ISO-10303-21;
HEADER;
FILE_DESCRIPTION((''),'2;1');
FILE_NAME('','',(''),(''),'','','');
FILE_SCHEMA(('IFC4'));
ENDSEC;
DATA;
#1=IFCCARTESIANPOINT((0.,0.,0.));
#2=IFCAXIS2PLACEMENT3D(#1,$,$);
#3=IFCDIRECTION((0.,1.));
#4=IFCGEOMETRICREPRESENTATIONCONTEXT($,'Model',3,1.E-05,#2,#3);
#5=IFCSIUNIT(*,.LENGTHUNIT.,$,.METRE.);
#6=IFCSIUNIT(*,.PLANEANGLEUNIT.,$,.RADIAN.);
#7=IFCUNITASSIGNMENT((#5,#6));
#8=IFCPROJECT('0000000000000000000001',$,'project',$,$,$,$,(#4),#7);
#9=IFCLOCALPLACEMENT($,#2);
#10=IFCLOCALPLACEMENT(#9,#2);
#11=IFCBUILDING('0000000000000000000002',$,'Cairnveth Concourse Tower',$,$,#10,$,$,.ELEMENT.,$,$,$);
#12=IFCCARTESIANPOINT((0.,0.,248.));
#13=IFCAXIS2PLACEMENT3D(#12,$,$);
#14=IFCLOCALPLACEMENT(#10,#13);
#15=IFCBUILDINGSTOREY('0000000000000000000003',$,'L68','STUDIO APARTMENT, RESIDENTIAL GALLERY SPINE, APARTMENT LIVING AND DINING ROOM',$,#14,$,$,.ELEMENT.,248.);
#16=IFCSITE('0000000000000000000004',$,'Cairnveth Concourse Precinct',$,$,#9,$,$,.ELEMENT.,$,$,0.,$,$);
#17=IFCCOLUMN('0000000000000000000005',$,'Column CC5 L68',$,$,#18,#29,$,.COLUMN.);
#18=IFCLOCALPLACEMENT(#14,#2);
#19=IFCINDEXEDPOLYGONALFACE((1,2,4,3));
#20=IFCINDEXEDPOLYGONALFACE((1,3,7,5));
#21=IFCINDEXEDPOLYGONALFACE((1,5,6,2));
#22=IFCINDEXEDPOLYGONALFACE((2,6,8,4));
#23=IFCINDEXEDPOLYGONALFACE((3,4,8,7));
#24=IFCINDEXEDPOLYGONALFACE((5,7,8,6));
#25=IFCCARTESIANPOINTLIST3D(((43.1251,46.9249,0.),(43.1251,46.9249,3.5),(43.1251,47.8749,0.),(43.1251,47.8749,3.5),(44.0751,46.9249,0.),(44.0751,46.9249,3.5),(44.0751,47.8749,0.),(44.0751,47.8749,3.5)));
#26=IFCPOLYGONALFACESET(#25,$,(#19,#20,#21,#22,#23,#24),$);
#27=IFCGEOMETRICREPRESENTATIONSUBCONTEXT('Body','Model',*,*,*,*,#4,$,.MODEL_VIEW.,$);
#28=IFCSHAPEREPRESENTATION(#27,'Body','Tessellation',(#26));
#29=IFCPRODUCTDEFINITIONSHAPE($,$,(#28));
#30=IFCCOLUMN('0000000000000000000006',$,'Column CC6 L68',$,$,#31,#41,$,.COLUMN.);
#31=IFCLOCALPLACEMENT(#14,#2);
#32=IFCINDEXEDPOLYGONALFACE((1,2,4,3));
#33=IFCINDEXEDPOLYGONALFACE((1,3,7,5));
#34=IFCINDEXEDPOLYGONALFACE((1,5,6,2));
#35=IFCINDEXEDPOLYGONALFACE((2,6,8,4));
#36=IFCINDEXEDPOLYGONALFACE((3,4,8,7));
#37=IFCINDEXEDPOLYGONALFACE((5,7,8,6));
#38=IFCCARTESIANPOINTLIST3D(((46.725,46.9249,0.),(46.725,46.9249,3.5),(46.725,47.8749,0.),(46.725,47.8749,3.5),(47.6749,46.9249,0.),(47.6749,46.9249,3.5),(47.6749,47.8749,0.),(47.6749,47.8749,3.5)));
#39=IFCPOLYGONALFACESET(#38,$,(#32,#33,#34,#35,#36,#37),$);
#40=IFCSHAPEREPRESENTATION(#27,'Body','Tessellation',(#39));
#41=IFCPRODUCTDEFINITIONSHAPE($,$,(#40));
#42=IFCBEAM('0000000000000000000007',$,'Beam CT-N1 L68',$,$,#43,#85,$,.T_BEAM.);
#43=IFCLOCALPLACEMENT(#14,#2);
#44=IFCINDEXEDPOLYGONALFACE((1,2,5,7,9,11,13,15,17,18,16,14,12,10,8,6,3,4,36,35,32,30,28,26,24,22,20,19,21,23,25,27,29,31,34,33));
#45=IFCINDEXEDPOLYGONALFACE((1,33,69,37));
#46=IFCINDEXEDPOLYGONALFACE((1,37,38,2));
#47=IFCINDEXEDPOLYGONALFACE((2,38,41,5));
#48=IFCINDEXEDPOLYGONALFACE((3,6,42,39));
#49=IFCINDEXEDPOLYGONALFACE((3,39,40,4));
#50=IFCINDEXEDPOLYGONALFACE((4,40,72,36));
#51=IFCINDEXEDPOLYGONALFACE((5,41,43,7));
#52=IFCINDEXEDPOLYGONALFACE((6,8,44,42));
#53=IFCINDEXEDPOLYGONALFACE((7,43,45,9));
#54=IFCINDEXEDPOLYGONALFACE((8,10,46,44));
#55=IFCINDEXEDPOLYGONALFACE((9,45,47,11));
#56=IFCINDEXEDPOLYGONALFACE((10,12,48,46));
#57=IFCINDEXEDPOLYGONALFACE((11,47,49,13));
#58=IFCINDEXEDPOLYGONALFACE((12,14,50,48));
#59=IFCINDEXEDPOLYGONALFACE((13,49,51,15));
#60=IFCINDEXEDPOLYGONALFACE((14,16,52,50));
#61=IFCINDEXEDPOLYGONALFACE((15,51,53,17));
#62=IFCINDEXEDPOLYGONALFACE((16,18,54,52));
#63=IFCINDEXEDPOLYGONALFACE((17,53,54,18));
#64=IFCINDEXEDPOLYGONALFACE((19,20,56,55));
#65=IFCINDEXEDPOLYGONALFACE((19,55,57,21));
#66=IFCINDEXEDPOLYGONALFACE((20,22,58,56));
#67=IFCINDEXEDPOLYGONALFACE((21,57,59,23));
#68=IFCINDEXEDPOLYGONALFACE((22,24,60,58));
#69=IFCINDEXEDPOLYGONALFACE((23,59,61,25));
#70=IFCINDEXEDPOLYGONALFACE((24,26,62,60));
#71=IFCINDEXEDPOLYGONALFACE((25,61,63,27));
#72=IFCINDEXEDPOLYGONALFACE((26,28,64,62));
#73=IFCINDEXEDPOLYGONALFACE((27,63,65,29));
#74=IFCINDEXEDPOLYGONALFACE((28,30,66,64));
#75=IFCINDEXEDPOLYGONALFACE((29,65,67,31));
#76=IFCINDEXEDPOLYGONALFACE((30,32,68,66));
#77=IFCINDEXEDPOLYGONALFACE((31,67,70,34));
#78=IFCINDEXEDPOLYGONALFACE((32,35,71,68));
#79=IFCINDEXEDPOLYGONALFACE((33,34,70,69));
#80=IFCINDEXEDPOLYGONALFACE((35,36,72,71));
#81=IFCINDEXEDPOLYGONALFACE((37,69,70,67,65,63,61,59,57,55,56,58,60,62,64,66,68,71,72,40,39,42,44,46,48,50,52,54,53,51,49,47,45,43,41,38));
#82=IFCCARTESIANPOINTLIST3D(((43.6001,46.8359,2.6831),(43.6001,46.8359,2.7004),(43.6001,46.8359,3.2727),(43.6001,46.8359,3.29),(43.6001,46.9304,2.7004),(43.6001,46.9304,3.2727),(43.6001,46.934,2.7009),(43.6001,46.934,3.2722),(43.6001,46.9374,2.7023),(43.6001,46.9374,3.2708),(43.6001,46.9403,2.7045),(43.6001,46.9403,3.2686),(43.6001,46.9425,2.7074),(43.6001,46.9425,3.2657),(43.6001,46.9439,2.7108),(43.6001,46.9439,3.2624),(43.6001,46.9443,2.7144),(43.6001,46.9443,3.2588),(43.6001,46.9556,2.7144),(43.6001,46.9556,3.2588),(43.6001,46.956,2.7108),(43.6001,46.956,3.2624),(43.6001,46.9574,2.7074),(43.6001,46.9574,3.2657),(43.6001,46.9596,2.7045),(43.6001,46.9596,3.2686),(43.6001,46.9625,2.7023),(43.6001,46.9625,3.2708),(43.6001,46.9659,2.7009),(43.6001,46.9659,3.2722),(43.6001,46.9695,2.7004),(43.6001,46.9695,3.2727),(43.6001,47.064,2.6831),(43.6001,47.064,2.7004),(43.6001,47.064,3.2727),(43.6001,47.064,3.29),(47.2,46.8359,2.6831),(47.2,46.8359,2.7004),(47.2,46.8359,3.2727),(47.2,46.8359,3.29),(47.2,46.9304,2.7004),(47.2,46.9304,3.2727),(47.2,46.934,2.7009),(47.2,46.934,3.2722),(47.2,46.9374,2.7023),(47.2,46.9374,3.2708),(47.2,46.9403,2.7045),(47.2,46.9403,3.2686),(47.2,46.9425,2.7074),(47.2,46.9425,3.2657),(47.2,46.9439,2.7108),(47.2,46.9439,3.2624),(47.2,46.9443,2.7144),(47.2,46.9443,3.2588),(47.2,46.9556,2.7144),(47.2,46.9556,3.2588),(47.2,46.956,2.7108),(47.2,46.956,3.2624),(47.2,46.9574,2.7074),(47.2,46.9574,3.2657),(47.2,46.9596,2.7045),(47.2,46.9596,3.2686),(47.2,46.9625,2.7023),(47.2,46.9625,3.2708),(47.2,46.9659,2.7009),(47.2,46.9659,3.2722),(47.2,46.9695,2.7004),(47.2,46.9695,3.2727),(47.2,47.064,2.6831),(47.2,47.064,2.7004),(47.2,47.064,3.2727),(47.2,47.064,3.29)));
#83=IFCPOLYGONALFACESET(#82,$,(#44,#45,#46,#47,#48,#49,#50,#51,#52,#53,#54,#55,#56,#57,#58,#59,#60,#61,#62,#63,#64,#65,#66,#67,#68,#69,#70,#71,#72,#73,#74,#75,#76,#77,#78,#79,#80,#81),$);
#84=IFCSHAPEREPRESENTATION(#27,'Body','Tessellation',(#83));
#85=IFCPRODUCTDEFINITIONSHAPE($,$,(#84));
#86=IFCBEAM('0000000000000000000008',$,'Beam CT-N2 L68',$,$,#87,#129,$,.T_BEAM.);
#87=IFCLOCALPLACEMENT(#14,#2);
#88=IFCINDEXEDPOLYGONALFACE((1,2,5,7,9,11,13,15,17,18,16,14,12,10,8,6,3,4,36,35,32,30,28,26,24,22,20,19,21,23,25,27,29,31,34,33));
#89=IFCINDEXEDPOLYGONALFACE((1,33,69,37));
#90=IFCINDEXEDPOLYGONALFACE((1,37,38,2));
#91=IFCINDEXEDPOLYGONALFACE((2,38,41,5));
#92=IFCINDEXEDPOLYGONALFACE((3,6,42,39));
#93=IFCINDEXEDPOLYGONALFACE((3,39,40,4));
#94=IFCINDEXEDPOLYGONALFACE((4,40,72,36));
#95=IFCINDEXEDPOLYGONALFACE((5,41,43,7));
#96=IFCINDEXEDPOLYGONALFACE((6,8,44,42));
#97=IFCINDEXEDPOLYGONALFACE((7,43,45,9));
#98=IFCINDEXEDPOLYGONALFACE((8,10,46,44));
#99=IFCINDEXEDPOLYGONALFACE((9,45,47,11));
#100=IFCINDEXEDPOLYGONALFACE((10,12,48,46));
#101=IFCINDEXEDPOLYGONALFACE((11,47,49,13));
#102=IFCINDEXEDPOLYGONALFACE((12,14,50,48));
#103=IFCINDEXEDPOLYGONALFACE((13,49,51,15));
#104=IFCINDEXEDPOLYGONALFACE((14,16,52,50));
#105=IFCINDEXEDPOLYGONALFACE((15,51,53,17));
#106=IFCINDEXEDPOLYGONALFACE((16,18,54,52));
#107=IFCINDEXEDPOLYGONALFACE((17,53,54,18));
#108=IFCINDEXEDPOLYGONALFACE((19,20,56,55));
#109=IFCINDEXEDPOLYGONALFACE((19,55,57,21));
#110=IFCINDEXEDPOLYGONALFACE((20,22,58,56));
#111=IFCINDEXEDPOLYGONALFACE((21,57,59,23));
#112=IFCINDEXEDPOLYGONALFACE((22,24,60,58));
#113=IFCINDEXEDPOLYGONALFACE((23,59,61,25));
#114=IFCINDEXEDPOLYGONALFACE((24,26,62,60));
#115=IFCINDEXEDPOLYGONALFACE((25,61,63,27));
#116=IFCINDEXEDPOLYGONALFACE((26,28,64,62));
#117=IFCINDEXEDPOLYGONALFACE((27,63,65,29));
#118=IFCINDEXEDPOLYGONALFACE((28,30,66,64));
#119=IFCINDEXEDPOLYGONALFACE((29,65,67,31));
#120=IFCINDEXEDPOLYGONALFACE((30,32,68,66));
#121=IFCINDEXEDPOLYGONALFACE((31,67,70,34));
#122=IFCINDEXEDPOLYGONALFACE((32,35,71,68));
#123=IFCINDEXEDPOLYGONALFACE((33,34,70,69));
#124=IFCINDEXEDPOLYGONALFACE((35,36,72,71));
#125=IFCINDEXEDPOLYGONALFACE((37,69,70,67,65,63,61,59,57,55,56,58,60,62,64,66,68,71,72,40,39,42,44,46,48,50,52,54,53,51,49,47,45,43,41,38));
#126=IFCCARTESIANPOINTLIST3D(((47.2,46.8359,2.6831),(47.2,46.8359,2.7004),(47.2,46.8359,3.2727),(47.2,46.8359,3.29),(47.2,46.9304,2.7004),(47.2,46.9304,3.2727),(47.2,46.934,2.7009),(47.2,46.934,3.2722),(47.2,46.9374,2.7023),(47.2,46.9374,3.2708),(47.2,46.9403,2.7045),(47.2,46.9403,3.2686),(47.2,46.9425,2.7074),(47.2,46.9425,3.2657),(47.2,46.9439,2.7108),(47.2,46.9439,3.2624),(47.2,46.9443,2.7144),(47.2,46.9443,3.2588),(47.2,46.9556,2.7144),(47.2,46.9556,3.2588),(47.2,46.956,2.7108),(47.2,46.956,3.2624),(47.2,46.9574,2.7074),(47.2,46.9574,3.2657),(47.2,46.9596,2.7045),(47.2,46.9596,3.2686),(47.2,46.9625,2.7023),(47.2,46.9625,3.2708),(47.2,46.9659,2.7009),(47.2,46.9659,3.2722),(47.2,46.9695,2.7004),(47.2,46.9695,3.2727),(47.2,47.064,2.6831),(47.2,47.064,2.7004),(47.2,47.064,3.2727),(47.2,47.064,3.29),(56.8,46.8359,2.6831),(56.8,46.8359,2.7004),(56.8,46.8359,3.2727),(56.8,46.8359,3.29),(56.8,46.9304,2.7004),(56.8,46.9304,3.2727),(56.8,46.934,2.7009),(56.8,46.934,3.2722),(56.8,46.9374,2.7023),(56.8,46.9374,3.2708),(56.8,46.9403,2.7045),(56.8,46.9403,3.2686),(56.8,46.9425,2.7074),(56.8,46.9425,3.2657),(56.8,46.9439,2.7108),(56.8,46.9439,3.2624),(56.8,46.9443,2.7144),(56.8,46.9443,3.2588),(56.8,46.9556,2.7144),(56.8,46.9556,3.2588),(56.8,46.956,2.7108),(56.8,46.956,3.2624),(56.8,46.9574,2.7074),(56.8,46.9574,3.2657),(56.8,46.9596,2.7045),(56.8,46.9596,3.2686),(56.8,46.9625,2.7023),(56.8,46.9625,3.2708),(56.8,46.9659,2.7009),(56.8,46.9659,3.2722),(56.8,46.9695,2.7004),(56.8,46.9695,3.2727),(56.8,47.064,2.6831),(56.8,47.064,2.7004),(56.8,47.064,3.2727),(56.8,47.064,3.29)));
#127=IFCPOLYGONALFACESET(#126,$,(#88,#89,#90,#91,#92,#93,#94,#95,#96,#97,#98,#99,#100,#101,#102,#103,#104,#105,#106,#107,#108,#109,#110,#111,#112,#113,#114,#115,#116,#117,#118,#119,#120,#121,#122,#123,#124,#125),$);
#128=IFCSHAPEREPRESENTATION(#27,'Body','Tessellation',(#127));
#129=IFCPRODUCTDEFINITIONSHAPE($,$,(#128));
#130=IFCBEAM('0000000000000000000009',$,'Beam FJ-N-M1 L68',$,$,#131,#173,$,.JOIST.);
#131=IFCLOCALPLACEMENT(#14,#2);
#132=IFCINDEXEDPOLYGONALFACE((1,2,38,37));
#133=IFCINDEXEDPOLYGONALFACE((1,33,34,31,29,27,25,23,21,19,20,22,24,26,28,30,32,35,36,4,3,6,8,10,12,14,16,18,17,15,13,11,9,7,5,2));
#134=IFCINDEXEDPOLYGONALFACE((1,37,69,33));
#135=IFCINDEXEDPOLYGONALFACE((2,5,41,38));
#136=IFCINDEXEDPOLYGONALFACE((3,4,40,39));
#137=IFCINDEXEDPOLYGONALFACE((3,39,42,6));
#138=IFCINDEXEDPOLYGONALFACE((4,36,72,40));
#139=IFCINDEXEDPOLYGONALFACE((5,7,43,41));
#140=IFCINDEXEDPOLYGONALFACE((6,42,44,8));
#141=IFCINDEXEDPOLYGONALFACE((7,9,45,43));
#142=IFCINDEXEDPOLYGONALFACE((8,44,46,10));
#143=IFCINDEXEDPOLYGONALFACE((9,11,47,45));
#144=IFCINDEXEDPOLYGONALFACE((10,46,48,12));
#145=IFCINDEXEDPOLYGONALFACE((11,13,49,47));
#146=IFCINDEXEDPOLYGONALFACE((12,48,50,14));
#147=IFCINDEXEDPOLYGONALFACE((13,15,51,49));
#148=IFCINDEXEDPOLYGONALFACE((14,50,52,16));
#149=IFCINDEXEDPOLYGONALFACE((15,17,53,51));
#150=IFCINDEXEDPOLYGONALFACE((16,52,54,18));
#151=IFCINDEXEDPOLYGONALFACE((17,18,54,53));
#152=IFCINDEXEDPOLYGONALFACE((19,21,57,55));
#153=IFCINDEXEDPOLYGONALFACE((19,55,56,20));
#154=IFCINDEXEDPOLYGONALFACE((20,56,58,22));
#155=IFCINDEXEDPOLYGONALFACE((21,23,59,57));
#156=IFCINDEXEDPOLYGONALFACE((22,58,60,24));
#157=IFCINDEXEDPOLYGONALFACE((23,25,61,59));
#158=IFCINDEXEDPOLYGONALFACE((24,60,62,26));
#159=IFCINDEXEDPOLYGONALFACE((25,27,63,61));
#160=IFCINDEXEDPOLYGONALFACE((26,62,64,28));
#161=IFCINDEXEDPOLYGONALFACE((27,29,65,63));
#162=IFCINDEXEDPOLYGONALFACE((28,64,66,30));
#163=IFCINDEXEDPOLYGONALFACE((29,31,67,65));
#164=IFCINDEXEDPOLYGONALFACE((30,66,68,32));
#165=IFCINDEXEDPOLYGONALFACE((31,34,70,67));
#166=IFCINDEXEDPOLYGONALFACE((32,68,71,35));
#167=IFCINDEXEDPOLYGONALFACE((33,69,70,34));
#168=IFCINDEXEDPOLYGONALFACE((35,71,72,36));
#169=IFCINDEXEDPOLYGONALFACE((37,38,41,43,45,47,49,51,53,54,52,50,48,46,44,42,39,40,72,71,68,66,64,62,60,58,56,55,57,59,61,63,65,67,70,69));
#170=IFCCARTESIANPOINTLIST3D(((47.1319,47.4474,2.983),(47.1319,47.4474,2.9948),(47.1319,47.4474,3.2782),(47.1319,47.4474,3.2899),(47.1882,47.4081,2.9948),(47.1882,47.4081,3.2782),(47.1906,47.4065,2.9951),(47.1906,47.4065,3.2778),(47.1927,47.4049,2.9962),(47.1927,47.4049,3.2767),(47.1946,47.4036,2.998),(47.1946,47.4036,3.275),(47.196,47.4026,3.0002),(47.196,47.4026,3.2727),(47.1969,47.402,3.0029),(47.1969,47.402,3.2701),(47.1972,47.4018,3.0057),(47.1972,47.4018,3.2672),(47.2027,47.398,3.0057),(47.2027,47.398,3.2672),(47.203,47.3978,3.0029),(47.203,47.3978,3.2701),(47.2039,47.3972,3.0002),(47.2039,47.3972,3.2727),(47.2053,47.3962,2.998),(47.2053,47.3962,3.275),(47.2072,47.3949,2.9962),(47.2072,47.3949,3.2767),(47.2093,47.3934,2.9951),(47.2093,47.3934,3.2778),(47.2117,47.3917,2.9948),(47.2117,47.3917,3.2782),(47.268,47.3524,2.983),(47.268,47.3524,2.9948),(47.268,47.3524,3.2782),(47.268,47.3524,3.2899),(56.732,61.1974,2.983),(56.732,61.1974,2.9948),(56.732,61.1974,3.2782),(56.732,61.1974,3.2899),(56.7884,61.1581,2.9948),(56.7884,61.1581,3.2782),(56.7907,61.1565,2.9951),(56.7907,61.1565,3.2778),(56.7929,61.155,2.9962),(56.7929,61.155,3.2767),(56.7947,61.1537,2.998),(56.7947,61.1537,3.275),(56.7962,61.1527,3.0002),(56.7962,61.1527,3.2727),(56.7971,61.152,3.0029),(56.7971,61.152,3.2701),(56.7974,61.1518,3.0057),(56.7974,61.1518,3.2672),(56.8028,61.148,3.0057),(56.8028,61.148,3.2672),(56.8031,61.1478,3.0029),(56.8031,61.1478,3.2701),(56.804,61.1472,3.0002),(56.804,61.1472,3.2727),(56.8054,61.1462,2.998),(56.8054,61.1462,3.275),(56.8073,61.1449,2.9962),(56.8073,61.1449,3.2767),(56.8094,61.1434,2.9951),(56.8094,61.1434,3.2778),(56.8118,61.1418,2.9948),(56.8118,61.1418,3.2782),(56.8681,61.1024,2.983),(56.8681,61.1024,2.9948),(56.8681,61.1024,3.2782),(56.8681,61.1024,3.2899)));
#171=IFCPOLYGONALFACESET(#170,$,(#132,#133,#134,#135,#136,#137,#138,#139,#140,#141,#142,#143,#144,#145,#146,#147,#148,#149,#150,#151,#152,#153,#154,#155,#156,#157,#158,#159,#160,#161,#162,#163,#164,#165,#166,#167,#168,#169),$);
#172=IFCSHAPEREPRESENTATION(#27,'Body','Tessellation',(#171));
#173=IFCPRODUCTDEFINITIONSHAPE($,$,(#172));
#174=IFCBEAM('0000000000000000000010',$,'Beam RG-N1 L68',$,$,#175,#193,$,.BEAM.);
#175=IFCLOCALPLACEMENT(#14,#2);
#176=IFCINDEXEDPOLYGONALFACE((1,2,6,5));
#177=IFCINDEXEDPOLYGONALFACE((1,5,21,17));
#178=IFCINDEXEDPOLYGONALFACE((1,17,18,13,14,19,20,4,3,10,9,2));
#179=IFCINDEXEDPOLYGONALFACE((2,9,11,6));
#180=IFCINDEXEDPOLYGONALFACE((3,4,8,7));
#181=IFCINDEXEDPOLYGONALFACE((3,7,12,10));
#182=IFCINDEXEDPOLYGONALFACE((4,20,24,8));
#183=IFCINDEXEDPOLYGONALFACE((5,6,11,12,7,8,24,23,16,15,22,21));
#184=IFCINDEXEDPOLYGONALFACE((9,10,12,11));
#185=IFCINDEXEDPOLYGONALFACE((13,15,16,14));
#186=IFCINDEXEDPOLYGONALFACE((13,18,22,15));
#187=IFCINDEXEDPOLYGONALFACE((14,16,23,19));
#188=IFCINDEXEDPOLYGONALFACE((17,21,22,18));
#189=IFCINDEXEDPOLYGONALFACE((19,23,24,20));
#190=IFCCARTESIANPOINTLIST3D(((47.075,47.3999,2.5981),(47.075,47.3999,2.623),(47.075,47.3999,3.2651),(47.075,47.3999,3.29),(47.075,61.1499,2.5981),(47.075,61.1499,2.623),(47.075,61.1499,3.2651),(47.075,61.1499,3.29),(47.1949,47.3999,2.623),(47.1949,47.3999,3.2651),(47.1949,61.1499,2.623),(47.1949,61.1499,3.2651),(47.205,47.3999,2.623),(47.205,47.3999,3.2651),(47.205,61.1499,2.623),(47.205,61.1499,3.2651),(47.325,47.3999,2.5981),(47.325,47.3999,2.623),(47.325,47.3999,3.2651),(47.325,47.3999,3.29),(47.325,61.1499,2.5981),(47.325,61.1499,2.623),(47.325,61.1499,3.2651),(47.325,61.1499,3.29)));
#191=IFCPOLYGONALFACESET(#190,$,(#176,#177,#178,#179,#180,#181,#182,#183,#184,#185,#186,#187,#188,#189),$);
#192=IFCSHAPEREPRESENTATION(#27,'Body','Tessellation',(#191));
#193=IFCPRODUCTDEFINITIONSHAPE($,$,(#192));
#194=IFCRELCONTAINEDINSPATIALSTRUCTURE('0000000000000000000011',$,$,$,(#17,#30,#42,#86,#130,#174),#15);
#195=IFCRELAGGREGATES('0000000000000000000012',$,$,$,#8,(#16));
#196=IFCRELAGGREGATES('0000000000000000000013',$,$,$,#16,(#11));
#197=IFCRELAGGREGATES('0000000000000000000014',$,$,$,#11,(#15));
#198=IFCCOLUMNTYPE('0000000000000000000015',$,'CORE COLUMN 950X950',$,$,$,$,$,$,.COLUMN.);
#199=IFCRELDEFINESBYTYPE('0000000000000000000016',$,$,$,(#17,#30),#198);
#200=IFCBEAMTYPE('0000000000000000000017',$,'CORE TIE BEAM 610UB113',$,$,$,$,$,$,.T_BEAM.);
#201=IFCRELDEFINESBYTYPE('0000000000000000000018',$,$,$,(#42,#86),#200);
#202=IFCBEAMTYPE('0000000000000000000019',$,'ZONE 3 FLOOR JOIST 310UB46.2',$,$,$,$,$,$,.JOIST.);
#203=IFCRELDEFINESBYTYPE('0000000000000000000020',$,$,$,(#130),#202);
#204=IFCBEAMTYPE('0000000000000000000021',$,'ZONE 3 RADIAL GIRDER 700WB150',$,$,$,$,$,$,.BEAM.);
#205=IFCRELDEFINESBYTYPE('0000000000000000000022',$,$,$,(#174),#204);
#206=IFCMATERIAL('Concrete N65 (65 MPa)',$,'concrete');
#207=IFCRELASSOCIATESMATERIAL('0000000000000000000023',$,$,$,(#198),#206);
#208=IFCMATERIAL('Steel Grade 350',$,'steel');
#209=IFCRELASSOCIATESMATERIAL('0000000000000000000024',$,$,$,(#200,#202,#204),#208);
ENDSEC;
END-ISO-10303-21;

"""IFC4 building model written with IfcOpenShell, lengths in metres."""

from ifc_helpers import new_model, si_unit, direction, frame, origin, origin_2d, place, context, subcontext, project, spatial, rectangle, i_section, extrude, material, material_profile, profile_set, type_object, element, save


model = new_model("IFC4")

# Units and contexts
model_context = context("Model", 3, precision=1e-05, world=origin(), true_north=direction((0.0, 1.0)))
body_context = subcontext(model_context, "Body", "Model", "MODEL_VIEW")
ifc_project = project(units=[si_unit("LENGTHUNIT", "METRE"), si_unit("PLANEANGLEUNIT", "RADIAN")], contexts=[model_context])

# Site, building, storey
site_placement = place(None, origin())
site = spatial("IfcSite", under=ifc_project, at=site_placement, Name="Cairnveth Concourse Precinct", CompositionType="ELEMENT", RefElevation=0.0)
building_placement = place(site_placement, origin())
building = spatial("IfcBuilding", under=site, at=building_placement, Name="Cairnveth Concourse Tower", CompositionType="ELEMENT")
storey_placement = place(building_placement, frame((0.0, 0.0, 248.0)))
storey = spatial("IfcBuildingStorey", under=building, at=storey_placement, Name="L68", Description="STUDIO APARTMENT, RESIDENTIAL GALLERY SPINE, APARTMENT LIVING AND DINING ROOM", CompositionType="ELEMENT", Elevation=248.0)

# Columns
ifc_material_1 = material(Name="Concrete N65 (65 MPa)", Category="concrete")
ifc_material_profile_1 = material_profile(ifc_material_1, rectangle(XDim=0.95, YDim=0.95, at=origin_2d()), Name="RC-COL-950x950")
ifc_profile_set_1 = profile_set([ifc_material_profile_1], Name="Concrete N65 (65 MPa)")
column_type = type_object("IfcColumnType", Name="CORE COLUMN 950X950", PredefinedType="COLUMN", material=ifc_profile_set_1)
for number, where, z_axis, x_axis, name in (
    (1, (43.6001, 47.3999, 0.0), (0.0, 0.0, 1.0), (1.0, 0.0, 0.0), "Column CC5 L68"),
    (2, (47.2, 47.3999, 0.0), (0.0, 0.0, 1.0), (1.0, 0.0, 0.0), "Column CC6 L68"),
):
    element("IfcColumn", number, at=place(storey_placement, frame(where, z_axis=z_axis, x_axis=x_axis)), inside=storey, type_object=column_type, Name=name, PredefinedType="COLUMN", context=body_context, shape_type="SweptSolid", body=[
        extrude(rectangle(XDim=0.95, YDim=0.95, at=origin_2d()), origin(), (0.0, 0.0, 1.0), 3.5),
    ])

# Beams
ifc_material_2 = material(Name="Steel Grade 350", Category="steel")
ifc_material_profile_2 = material_profile(ifc_material_2, i_section(OverallWidth=0.228, OverallDepth=0.6069, WebThickness=0.0112, FlangeThickness=0.0173, FilletRadius=0.0139, at=origin_2d()), Name="610UB113")
ifc_profile_set_2 = profile_set([ifc_material_profile_2], Name="Steel Grade 350")
beam_type_1 = type_object("IfcBeamType", Name="CORE TIE BEAM 610UB113", PredefinedType="T_BEAM", material=ifc_profile_set_2)
beam_1_placement = place(storey_placement, frame((43.6001, 46.95, 2.9866), z_axis=(1.0, 0.0, 0.0), x_axis=(0.0, 1.0, 0.0)))
element("IfcBeam", 3, at=beam_1_placement, inside=storey, type_object=beam_type_1, Name="Beam CT-N1 L68", PredefinedType="T_BEAM", context=body_context, shape_type="SweptSolid", body=[
    extrude(i_section(OverallWidth=0.228, OverallDepth=0.6069, WebThickness=0.0112, FlangeThickness=0.0173, FilletRadius=0.0139, at=origin_2d()), origin(), (0.0, 0.0, 1.0), 3.5999),
])
beam_2_placement = place(storey_placement, frame((47.2, 46.95, 2.9866), z_axis=(1.0, 0.0, 0.0), x_axis=(0.0, 1.0, 0.0)))
element("IfcBeam", 4, at=beam_2_placement, inside=storey, type_object=beam_type_1, Name="Beam CT-N2 L68", PredefinedType="T_BEAM", context=body_context, shape_type="SweptSolid", body=[
    extrude(i_section(OverallWidth=0.228, OverallDepth=0.6069, WebThickness=0.0112, FlangeThickness=0.0173, FilletRadius=0.0139, at=origin_2d()), origin(), (0.0, 0.0, 1.0), 9.6001),
])
ifc_material_profile_3 = material_profile(ifc_material_2, i_section(OverallWidth=0.166, OverallDepth=0.3069, WebThickness=0.0066, FlangeThickness=0.0117, FilletRadius=0.011, at=origin_2d()), Name="310UB46.2")
ifc_profile_set_3 = profile_set([ifc_material_profile_3], Name="Steel Grade 350")
beam_type_2 = type_object("IfcBeamType", Name="ZONE 3 FLOOR JOIST 310UB46.2", PredefinedType="JOIST", material=ifc_profile_set_3)
beam_3_placement = place(storey_placement, frame((47.2, 47.3999, 3.1365), z_axis=(0.572465, 0.819929, 0.0), x_axis=(-0.819929, 0.572465, 0.0)))
element("IfcBeam", 5, at=beam_3_placement, inside=storey, type_object=beam_type_2, Name="Beam FJ-N-M1 L68", PredefinedType="JOIST", context=body_context, shape_type="SweptSolid", body=[
    extrude(i_section(OverallWidth=0.166, OverallDepth=0.3069, WebThickness=0.0066, FlangeThickness=0.0117, FilletRadius=0.011, at=origin_2d()), origin(), (0.0, 0.0, 1.0), 16.7698),
])
ifc_material_profile_4 = material_profile(ifc_material_2, i_section(OverallWidth=0.25, OverallDepth=0.6919, WebThickness=0.01, FlangeThickness=0.0249, at=origin_2d()), Name="700WB150")
ifc_profile_set_4 = profile_set([ifc_material_profile_4], Name="Steel Grade 350")
beam_type_3 = type_object("IfcBeamType", Name="ZONE 3 RADIAL GIRDER 700WB150", PredefinedType="BEAM", material=ifc_profile_set_4)
beam_4_placement = place(storey_placement, frame((47.2, 47.3999, 2.9441), z_axis=(0.0, 1.0, 0.0), x_axis=(-1.0, 0.0, 0.0)))
element("IfcBeam", 6, at=beam_4_placement, inside=storey, type_object=beam_type_3, Name="Beam RG-N1 L68", PredefinedType="BEAM", context=body_context, shape_type="SweptSolid", body=[
    extrude(i_section(OverallWidth=0.25, OverallDepth=0.6919, WebThickness=0.01, FlangeThickness=0.0249, at=origin_2d()), origin(), (0.0, 0.0, 1.0), 13.75),
])

save(model, "model.ifc")
